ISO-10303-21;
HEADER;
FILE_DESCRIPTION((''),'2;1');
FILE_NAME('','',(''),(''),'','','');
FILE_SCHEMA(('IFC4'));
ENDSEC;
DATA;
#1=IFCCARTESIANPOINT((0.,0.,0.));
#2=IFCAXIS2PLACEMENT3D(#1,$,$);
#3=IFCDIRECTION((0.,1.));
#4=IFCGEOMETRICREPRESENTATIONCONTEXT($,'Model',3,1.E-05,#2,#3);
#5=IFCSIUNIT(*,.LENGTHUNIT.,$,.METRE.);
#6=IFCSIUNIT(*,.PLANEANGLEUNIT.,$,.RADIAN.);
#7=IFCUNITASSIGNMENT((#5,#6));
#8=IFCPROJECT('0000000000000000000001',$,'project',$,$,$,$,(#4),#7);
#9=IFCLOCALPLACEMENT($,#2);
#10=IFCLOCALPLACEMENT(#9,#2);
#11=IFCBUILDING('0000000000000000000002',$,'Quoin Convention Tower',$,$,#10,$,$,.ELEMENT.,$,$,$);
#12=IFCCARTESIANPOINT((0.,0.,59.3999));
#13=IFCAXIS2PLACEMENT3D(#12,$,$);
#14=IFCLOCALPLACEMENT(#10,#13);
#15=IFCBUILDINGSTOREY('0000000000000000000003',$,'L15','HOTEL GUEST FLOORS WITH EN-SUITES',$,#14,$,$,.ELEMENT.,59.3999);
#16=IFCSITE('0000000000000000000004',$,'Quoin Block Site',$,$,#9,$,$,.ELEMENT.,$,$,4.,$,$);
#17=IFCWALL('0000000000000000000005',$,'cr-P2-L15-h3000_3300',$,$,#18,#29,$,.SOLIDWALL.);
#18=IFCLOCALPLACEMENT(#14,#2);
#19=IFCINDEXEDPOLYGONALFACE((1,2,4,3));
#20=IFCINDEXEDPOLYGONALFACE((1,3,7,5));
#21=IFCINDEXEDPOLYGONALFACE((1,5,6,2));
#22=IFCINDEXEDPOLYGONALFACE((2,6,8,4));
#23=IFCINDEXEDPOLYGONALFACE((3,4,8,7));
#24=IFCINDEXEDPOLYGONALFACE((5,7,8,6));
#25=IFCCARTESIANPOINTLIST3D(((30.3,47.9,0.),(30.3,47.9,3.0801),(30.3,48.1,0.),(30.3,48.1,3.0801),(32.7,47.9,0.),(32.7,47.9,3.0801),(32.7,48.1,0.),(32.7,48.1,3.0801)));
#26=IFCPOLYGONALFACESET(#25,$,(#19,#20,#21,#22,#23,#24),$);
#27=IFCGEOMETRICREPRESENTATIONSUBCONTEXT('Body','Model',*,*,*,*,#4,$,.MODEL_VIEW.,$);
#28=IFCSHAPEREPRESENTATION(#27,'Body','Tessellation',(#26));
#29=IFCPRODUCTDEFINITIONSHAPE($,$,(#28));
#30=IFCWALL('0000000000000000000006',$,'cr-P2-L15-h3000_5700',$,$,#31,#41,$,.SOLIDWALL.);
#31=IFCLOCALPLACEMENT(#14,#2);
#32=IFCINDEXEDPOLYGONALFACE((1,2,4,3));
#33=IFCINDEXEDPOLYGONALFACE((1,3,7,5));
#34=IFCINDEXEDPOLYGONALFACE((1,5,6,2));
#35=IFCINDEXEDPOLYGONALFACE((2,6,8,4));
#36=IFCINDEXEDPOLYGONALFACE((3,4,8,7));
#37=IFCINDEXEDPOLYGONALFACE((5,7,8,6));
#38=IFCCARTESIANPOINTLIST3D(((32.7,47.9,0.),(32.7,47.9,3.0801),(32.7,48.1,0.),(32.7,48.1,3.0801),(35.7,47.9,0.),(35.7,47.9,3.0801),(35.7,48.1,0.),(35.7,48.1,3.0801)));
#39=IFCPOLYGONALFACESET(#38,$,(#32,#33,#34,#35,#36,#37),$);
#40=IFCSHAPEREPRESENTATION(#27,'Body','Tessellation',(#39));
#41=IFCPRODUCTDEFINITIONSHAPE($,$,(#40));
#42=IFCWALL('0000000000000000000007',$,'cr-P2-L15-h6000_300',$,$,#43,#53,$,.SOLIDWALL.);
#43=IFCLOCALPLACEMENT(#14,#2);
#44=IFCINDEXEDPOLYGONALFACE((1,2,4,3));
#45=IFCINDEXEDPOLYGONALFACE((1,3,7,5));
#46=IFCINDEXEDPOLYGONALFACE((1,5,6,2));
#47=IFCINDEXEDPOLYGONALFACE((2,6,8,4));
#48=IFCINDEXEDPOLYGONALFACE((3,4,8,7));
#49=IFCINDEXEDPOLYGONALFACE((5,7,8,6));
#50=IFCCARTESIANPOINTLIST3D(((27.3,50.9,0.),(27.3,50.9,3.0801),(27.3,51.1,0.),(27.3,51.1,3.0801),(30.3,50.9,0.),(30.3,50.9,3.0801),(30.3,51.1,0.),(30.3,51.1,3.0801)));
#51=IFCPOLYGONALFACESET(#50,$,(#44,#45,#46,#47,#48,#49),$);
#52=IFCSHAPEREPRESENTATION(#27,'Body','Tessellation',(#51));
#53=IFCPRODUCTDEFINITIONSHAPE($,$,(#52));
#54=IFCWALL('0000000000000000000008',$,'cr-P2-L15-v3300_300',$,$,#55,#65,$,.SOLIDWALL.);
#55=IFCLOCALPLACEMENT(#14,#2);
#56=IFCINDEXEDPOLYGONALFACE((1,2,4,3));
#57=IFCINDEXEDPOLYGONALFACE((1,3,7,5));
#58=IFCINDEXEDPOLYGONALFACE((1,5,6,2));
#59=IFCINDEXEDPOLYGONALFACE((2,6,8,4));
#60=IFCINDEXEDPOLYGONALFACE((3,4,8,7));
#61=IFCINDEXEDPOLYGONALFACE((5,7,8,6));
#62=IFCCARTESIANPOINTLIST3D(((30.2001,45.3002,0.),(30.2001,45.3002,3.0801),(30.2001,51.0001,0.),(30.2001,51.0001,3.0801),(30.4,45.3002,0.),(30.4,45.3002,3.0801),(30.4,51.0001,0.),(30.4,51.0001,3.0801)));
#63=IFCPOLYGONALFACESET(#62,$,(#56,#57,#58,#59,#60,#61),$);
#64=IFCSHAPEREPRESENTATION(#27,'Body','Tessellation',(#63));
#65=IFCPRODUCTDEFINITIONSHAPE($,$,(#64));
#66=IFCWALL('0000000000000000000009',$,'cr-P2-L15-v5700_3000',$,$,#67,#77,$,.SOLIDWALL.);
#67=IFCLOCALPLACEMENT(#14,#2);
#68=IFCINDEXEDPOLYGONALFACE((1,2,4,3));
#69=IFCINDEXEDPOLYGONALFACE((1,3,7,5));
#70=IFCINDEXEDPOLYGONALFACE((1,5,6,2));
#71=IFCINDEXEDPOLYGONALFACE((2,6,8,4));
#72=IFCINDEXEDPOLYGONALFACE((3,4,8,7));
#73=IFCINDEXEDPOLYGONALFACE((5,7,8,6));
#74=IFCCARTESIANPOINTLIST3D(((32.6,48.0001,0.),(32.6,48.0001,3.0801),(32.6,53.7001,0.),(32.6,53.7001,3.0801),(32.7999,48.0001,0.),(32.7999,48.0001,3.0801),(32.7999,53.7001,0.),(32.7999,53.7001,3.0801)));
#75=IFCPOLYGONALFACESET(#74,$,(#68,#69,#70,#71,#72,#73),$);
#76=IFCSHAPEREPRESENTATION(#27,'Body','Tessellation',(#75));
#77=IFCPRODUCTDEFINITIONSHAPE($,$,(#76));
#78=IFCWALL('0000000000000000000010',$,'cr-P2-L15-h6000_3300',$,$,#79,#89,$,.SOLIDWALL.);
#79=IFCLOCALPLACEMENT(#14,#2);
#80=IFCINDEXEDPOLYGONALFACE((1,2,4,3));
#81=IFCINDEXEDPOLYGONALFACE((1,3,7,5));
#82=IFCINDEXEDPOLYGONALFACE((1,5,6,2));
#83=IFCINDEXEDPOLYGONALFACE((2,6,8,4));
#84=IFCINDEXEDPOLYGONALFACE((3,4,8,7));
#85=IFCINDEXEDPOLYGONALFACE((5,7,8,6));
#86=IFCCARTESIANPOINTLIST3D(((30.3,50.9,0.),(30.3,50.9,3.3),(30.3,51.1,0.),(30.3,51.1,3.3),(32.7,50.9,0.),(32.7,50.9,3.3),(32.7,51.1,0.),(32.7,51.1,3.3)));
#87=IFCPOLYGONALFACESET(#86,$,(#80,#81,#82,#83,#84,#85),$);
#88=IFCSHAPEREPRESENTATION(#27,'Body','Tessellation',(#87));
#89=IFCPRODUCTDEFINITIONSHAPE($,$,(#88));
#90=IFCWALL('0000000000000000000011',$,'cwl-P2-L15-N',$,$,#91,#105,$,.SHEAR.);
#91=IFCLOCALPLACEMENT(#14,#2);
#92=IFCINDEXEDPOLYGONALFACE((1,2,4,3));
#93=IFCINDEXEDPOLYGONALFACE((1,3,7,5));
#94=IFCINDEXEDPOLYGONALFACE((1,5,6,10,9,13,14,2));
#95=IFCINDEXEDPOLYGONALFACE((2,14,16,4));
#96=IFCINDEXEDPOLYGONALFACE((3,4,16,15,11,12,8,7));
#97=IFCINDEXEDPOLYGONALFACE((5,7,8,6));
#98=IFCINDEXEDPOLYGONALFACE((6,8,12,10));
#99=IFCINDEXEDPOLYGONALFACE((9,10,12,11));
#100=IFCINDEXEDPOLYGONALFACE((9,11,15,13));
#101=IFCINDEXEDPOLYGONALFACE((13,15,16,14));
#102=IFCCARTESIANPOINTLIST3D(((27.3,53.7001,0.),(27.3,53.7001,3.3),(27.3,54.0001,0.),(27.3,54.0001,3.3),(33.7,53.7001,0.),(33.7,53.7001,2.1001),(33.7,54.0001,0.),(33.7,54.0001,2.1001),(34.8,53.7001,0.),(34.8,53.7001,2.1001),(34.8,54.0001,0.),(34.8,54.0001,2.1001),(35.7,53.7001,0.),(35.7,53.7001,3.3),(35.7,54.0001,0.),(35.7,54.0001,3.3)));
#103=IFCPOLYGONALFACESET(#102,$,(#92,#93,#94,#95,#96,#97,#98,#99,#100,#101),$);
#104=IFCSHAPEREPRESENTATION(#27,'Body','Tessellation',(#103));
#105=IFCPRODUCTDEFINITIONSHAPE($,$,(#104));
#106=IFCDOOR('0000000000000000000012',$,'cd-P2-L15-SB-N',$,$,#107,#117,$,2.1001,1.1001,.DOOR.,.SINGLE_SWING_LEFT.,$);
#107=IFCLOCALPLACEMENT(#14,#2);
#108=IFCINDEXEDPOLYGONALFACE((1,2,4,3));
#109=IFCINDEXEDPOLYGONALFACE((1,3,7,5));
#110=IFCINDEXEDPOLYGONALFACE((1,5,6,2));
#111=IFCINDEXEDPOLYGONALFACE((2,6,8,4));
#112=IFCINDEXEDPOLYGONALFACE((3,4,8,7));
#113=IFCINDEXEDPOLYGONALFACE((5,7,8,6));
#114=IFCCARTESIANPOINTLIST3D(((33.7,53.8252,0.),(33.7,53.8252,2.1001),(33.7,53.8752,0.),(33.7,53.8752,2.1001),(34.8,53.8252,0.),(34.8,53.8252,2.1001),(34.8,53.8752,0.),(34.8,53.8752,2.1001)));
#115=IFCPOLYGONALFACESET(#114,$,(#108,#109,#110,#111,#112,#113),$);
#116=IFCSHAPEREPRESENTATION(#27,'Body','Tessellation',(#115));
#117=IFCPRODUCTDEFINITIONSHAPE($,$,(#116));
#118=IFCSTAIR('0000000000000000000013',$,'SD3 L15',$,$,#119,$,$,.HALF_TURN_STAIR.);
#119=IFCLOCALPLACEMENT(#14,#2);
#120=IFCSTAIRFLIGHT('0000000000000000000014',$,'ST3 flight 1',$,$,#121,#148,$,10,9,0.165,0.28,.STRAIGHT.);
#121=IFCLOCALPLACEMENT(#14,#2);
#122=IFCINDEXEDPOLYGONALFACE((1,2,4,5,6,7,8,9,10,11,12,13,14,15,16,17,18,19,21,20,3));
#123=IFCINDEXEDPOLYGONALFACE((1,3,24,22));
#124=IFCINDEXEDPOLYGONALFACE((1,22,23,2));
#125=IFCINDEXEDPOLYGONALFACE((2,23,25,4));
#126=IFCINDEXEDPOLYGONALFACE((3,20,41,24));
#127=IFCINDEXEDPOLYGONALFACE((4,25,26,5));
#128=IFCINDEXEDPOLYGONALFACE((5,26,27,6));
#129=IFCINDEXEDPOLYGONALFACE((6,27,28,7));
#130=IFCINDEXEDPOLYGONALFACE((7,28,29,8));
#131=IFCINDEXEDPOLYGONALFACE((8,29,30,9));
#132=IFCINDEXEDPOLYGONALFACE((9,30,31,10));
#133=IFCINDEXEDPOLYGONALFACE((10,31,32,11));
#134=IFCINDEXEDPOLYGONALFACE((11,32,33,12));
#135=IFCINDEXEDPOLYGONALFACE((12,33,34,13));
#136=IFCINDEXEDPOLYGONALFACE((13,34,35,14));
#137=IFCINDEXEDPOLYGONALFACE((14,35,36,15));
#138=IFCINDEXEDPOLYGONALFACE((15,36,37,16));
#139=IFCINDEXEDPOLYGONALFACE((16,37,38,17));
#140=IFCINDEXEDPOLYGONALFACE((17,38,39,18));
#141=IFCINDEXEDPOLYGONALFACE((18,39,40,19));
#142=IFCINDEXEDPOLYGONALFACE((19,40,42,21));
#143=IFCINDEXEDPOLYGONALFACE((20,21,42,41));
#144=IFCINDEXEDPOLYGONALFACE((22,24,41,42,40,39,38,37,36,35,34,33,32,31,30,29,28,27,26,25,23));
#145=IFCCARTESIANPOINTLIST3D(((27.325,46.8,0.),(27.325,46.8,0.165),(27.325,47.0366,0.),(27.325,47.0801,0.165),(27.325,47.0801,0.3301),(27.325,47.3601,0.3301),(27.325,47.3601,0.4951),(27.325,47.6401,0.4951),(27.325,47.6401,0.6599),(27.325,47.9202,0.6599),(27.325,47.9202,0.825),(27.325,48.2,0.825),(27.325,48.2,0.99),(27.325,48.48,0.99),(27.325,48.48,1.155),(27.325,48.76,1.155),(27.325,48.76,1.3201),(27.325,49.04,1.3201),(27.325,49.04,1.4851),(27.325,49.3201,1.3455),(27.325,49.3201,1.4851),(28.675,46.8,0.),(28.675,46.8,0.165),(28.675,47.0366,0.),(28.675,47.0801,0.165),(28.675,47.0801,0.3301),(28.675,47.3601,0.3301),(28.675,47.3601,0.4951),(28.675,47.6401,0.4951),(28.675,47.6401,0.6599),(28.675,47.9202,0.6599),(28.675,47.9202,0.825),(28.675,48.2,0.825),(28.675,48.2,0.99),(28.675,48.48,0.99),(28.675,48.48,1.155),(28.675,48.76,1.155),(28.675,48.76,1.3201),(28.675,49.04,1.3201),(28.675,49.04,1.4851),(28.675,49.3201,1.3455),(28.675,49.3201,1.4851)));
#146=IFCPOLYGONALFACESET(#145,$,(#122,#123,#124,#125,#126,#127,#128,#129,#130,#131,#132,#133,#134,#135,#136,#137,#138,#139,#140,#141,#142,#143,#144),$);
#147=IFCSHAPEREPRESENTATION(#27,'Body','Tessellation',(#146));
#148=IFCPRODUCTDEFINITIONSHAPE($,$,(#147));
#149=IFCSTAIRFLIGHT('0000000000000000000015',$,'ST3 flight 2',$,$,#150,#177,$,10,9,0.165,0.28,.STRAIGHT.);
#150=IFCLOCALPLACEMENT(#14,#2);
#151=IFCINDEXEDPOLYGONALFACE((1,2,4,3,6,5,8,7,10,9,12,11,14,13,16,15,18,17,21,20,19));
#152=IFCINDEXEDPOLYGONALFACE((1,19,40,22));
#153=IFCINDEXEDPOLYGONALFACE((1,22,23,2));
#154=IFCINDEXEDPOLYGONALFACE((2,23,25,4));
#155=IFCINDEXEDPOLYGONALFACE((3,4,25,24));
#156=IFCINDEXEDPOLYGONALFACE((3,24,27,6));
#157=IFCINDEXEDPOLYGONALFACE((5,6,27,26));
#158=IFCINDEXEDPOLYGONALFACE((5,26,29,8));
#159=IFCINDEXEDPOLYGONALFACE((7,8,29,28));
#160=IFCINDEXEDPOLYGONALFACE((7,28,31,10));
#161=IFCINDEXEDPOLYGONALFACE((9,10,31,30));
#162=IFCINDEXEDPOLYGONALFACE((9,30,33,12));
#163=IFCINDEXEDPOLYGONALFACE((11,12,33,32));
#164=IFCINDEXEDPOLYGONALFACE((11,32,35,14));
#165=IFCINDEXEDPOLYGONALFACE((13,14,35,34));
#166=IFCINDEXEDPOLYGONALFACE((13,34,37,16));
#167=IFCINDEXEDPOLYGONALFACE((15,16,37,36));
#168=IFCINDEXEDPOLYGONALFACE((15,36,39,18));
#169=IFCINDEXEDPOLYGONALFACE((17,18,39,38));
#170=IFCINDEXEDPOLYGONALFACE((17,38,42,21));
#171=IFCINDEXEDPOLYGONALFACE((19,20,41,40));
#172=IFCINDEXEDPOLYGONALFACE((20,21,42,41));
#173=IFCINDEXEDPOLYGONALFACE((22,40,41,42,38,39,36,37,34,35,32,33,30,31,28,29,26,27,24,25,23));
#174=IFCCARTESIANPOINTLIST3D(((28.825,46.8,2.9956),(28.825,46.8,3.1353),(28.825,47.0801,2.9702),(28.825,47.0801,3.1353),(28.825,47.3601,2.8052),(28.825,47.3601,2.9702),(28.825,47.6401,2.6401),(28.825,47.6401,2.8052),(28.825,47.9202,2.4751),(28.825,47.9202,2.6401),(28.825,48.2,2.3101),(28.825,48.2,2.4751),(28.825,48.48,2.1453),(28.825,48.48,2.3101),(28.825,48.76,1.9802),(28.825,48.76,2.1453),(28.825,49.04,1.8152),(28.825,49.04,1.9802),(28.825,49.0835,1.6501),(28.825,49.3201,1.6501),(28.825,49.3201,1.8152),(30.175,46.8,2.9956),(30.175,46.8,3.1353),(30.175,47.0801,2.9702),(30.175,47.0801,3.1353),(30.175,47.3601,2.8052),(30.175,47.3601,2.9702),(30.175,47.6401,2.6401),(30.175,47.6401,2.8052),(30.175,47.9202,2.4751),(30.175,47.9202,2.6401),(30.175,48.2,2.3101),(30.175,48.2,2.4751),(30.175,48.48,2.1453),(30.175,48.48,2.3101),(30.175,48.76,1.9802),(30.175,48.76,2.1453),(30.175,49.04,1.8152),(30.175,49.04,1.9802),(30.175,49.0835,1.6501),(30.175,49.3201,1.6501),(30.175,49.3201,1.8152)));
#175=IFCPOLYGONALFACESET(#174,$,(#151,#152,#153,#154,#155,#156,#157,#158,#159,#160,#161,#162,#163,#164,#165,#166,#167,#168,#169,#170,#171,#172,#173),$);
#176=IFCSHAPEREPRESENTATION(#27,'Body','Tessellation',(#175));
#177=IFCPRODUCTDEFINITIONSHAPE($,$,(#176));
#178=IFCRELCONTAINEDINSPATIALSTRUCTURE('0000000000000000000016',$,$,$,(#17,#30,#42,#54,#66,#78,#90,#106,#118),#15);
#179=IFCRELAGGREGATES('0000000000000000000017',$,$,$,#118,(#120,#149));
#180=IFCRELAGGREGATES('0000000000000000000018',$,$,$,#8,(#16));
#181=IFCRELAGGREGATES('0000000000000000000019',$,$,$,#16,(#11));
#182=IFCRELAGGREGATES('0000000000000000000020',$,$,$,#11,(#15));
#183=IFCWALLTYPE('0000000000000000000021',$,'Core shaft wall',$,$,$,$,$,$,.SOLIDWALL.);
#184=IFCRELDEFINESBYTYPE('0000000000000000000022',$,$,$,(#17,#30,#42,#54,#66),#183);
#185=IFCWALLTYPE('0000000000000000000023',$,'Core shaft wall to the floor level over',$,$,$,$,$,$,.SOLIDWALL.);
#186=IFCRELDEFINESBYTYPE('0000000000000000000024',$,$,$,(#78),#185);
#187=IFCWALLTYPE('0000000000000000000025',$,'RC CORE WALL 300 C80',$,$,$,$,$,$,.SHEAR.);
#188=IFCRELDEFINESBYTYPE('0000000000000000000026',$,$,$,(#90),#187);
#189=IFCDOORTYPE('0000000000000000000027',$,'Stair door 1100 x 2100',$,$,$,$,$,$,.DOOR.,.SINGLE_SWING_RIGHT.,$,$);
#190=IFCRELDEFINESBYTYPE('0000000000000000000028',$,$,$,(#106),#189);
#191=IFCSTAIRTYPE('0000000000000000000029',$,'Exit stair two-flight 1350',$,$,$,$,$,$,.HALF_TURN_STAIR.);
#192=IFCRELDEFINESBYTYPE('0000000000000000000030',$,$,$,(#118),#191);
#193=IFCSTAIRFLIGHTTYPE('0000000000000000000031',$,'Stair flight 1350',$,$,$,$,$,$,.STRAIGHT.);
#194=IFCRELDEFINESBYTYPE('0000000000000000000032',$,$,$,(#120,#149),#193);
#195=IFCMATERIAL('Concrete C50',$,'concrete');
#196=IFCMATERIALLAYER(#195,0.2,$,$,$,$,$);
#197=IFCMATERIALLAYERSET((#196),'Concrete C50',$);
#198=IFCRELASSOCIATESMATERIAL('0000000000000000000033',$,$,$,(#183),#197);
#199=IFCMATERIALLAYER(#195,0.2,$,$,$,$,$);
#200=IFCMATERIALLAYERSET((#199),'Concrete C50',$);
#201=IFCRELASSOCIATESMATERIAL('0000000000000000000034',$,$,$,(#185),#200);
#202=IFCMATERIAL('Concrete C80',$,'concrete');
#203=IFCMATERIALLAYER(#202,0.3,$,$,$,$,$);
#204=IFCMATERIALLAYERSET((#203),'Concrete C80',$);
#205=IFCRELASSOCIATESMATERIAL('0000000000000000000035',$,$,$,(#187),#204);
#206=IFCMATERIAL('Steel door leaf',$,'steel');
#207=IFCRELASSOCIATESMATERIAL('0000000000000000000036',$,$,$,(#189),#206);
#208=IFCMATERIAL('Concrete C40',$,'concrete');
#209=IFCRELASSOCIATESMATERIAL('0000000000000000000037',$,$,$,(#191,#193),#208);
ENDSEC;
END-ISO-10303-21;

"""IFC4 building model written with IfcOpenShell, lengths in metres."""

from ifc_helpers import new_model, si_unit, direction, frame, frame_2d, origin, place, context, subcontext, project, spatial, polyline, rectangle, outline, extrude, material, layer, layer_set, type_object, element, fill, aggregate, save


model = new_model("IFC4")

# Units and contexts
model_context = context("Model", 3, precision=1e-05, world=origin(), true_north=direction((0.0, 1.0)))
body_context = subcontext(model_context, "Body", "Model", "MODEL_VIEW")
ifc_project = project(units=[si_unit("LENGTHUNIT", "METRE"), si_unit("PLANEANGLEUNIT", "RADIAN")], contexts=[model_context])

# Site, building, storey
site_placement = place(None, origin())
site = spatial("IfcSite", under=ifc_project, at=site_placement, Name="Quoin Block Site", CompositionType="ELEMENT", RefElevation=4.0)
building_placement = place(site_placement, origin())
building = spatial("IfcBuilding", under=site, at=building_placement, Name="Quoin Convention Tower", CompositionType="ELEMENT")
storey_placement = place(building_placement, frame((0.0, 0.0, 59.3999)))
storey = spatial("IfcBuildingStorey", under=building, at=storey_placement, Name="L15", Description="HOTEL GUEST FLOORS WITH EN-SUITES", CompositionType="ELEMENT", Elevation=59.3999)

# Walls
ifc_material_1 = material(Name="Concrete C50", Category="concrete")
ifc_layer_1 = layer(ifc_material_1, 0.2)
ifc_layer_set_1 = layer_set([ifc_layer_1], Name="Concrete C50")
wall_type_1 = type_object("IfcWallType", Name="Core shaft wall", PredefinedType="SOLIDWALL", material=ifc_layer_set_1)
wall_1_placement = place(storey_placement, frame((30.3, 48.0, 0.0), z_axis=(0.0, 0.0, 1.0), x_axis=(1.0, 0.0, 0.0)))
element("IfcWall", 1, at=wall_1_placement, inside=storey, type_object=wall_type_1, Name="cr-P2-L15-h3000_3300", PredefinedType="SOLIDWALL", context=body_context, shape_type="SweptSolid", body=[
    extrude(rectangle(XDim=2.3999, YDim=0.2, at=frame_2d((1.2, 0.0))), origin(), (0.0, 0.0, 1.0), 3.0801),
])
for number, where, z_axis, x_axis, name in (
    (2, (32.7, 48.0, 0.0), (0.0, 0.0, 1.0), (1.0, 0.0, 0.0), "cr-P2-L15-h3000_5700"),
    (3, (27.3, 51.0, 0.0), (0.0, 0.0, 1.0), (1.0, 0.0, 0.0), "cr-P2-L15-h6000_300"),
):
    element("IfcWall", number, at=place(storey_placement, frame(where, z_axis=z_axis, x_axis=x_axis)), inside=storey, type_object=wall_type_1, Name=name, PredefinedType="SOLIDWALL", context=body_context, shape_type="SweptSolid", body=[
        extrude(rectangle(XDim=3.0, YDim=0.2, at=frame_2d((1.5, 0.0))), origin(), (0.0, 0.0, 1.0), 3.0801),
    ])
for number, where, z_axis, x_axis, name in (
    (4, (30.3, 45.3, 0.0), (0.0, 0.0, 1.0), (0.0, 1.0, 0.0), "cr-P2-L15-v3300_300"),
    (5, (32.7, 48.0, 0.0), (0.0, 0.0, 1.0), (0.0, 1.0, 0.0), "cr-P2-L15-v5700_3000"),
):
    element("IfcWall", number, at=place(storey_placement, frame(where, z_axis=z_axis, x_axis=x_axis)), inside=storey, type_object=wall_type_1, Name=name, PredefinedType="SOLIDWALL", context=body_context, shape_type="SweptSolid", body=[
        extrude(rectangle(XDim=5.7, YDim=0.2, at=frame_2d((2.8501, 0.0))), origin(), (0.0, 0.0, 1.0), 3.0801),
    ])
ifc_layer_2 = layer(ifc_material_1, 0.2)
ifc_layer_set_2 = layer_set([ifc_layer_2], Name="Concrete C50")
wall_type_2 = type_object("IfcWallType", Name="Core shaft wall to the floor level over", PredefinedType="SOLIDWALL", material=ifc_layer_set_2)
wall_2_placement = place(storey_placement, frame((30.3, 51.0, 0.0), z_axis=(0.0, 0.0, 1.0), x_axis=(1.0, 0.0, 0.0)))
element("IfcWall", 6, at=wall_2_placement, inside=storey, type_object=wall_type_2, Name="cr-P2-L15-h6000_3300", PredefinedType="SOLIDWALL", context=body_context, shape_type="SweptSolid", body=[
    extrude(rectangle(XDim=2.3999, YDim=0.2, at=frame_2d((1.2, 0.0))), origin(), (0.0, 0.0, 1.0), 3.3),
])

# Wall, opening, door
ifc_material_2 = material(Name="Concrete C80", Category="concrete")
ifc_layer_3 = layer(ifc_material_2, 0.3)
ifc_layer_set_3 = layer_set([ifc_layer_3], Name="Concrete C80")
wall_type_3 = type_object("IfcWallType", Name="RC CORE WALL 300 C80", PredefinedType="SHEAR", material=ifc_layer_set_3)
wall_3_placement = place(storey_placement, frame((27.3, 53.8501, 0.0), z_axis=(0.0, 0.0, 1.0), x_axis=(1.0, 0.0, 0.0)))
wall_3 = element("IfcWall", 7, at=wall_3_placement, inside=storey, type_object=wall_type_3, Name="cwl-P2-L15-N", PredefinedType="SHEAR", context=body_context, shape_type="SweptSolid", body=[
    extrude(rectangle(XDim=8.3999, YDim=0.3, at=frame_2d((4.2, 0.0))), origin(), (0.0, 0.0, 1.0), 3.3),
])
opening_placement = place(wall_3_placement, frame((6.3999, 0.0, 0.0)))
opening = element("IfcOpeningElement", 8, at=opening_placement, cuts=wall_3, PredefinedType="OPENING", context=body_context, shape_type="SweptSolid", body=[
    extrude(rectangle(XDim=1.1001, YDim=2.1001, at=frame_2d((0.55, 1.05))), frame((0.0, 0.1599, 0.0), z_axis=(0.0, -1.0, 0.0), x_axis=(1.0, 0.0, 0.0)), (0.0, 0.0, 1.0), 0.3201),
])
ifc_material_3 = material(Name="Steel door leaf", Category="steel")
door_type = type_object("IfcDoorType", Name="Stair door 1100 x 2100", OperationType="SINGLE_SWING_RIGHT", PredefinedType="DOOR", material=ifc_material_3)
door_placement = place(opening_placement, frame((1.1001, 0.0, 0.0), z_axis=(0.0, 0.0, 1.0), x_axis=(-1.0, 0.0, 0.0)))
door = element("IfcDoor", 9, at=door_placement, inside=storey, type_object=door_type, Name="cd-P2-L15-SB-N", OperationType="SINGLE_SWING_LEFT", OverallHeight=2.1001, OverallWidth=1.1001, PredefinedType="DOOR", context=body_context, shape_type="SweptSolid", body=[
    extrude(rectangle(XDim=1.1001, YDim=2.1001, at=frame_2d((0.55, 1.05))), frame((0.0, 0.0249, 0.0), z_axis=(0.0, -1.0, 0.0), x_axis=(1.0, 0.0, 0.0)), (0.0, 0.0, 1.0), 0.05),
])
fill(opening, door)

# Stair, stair flights
ifc_material_4 = material(Name="Concrete C40", Category="concrete")
stair_type = type_object("IfcStairType", Name="Exit stair two-flight 1350", PredefinedType="HALF_TURN_STAIR", material=ifc_material_4)
stair_1_placement = place(storey_placement, origin())
stair_1 = element("IfcStair", 10, at=stair_1_placement, inside=storey, type_object=stair_type, Name="SD3 L15", PredefinedType="HALF_TURN_STAIR")
stair_flight_type = type_object("IfcStairFlightType", Name="Stair flight 1350", PredefinedType="STRAIGHT", material=ifc_material_4)
stair_flight_1_placement = place(storey_placement, frame((28.0, 46.8, 0.0), z_axis=(0.0, 0.0, 1.0), x_axis=(0.0, 1.0, 0.0)))
stair_flight_1 = element("IfcStairFlight", 11, at=stair_flight_1_placement, type_object=stair_flight_type, Name="ST3 flight 1", NumberOfRisers=10, NumberOfTreads=9, PredefinedType="STRAIGHT", RiserHeight=0.165, TreadLength=0.28, context=body_context, shape_type="SweptSolid", body=[
    extrude(outline(polyline([(0.0, 0.0), (0.0, 0.165), (0.28, 0.165), (0.28, 0.3301), (0.5601, 0.3301), (0.5601, 0.4951), (0.8401, 0.4951), (0.8401, 0.6599), (1.1201, 0.6599), (1.1201, 0.825), (1.3999, 0.825), (1.3999, 0.99), (1.6799, 0.99), (1.6799, 1.155), (1.96, 1.155), (1.96, 1.3201), (2.24, 1.3201), (2.24, 1.4851), (2.52, 1.4851), (2.52, 1.6499), (2.52, 1.3455), (0.2366, 0.0), (0.0, 0.0)])), frame((0.0, 0.675, 0.0), z_axis=(0.0, -1.0, 0.0), x_axis=(1.0, 0.0, 0.0)), (0.0, 0.0, 1.0), 1.3501),
])
stair_flight_2_placement = place(storey_placement, frame((29.5, 49.3201, 1.6501), z_axis=(0.0, 0.0, 1.0), x_axis=(0.0, -1.0, 0.0)))
stair_flight_2 = element("IfcStairFlight", 12, at=stair_flight_2_placement, type_object=stair_flight_type, Name="ST3 flight 2", NumberOfRisers=10, NumberOfTreads=9, PredefinedType="STRAIGHT", RiserHeight=0.165, TreadLength=0.28, context=body_context, shape_type="SweptSolid", body=[
    extrude(outline(polyline([(0.0, 0.0), (0.0, 0.165), (0.28, 0.165), (0.28, 0.3301), (0.5601, 0.3301), (0.5601, 0.4951), (0.8401, 0.4951), (0.8401, 0.6599), (1.1201, 0.6599), (1.1201, 0.825), (1.3999, 0.825), (1.3999, 0.99), (1.6799, 0.99), (1.6799, 1.155), (1.96, 1.155), (1.96, 1.3201), (2.24, 1.3201), (2.24, 1.4851), (2.52, 1.4851), (2.52, 1.6499), (2.52, 1.3455), (0.2366, 0.0), (0.0, 0.0)])), frame((0.0, 0.675, 0.0), z_axis=(0.0, -1.0, 0.0), x_axis=(1.0, 0.0, 0.0)), (0.0, 0.0, 1.0), 1.3501),
])
aggregate(stair_1, [stair_flight_1, stair_flight_2])

save(model, "model.ifc")
